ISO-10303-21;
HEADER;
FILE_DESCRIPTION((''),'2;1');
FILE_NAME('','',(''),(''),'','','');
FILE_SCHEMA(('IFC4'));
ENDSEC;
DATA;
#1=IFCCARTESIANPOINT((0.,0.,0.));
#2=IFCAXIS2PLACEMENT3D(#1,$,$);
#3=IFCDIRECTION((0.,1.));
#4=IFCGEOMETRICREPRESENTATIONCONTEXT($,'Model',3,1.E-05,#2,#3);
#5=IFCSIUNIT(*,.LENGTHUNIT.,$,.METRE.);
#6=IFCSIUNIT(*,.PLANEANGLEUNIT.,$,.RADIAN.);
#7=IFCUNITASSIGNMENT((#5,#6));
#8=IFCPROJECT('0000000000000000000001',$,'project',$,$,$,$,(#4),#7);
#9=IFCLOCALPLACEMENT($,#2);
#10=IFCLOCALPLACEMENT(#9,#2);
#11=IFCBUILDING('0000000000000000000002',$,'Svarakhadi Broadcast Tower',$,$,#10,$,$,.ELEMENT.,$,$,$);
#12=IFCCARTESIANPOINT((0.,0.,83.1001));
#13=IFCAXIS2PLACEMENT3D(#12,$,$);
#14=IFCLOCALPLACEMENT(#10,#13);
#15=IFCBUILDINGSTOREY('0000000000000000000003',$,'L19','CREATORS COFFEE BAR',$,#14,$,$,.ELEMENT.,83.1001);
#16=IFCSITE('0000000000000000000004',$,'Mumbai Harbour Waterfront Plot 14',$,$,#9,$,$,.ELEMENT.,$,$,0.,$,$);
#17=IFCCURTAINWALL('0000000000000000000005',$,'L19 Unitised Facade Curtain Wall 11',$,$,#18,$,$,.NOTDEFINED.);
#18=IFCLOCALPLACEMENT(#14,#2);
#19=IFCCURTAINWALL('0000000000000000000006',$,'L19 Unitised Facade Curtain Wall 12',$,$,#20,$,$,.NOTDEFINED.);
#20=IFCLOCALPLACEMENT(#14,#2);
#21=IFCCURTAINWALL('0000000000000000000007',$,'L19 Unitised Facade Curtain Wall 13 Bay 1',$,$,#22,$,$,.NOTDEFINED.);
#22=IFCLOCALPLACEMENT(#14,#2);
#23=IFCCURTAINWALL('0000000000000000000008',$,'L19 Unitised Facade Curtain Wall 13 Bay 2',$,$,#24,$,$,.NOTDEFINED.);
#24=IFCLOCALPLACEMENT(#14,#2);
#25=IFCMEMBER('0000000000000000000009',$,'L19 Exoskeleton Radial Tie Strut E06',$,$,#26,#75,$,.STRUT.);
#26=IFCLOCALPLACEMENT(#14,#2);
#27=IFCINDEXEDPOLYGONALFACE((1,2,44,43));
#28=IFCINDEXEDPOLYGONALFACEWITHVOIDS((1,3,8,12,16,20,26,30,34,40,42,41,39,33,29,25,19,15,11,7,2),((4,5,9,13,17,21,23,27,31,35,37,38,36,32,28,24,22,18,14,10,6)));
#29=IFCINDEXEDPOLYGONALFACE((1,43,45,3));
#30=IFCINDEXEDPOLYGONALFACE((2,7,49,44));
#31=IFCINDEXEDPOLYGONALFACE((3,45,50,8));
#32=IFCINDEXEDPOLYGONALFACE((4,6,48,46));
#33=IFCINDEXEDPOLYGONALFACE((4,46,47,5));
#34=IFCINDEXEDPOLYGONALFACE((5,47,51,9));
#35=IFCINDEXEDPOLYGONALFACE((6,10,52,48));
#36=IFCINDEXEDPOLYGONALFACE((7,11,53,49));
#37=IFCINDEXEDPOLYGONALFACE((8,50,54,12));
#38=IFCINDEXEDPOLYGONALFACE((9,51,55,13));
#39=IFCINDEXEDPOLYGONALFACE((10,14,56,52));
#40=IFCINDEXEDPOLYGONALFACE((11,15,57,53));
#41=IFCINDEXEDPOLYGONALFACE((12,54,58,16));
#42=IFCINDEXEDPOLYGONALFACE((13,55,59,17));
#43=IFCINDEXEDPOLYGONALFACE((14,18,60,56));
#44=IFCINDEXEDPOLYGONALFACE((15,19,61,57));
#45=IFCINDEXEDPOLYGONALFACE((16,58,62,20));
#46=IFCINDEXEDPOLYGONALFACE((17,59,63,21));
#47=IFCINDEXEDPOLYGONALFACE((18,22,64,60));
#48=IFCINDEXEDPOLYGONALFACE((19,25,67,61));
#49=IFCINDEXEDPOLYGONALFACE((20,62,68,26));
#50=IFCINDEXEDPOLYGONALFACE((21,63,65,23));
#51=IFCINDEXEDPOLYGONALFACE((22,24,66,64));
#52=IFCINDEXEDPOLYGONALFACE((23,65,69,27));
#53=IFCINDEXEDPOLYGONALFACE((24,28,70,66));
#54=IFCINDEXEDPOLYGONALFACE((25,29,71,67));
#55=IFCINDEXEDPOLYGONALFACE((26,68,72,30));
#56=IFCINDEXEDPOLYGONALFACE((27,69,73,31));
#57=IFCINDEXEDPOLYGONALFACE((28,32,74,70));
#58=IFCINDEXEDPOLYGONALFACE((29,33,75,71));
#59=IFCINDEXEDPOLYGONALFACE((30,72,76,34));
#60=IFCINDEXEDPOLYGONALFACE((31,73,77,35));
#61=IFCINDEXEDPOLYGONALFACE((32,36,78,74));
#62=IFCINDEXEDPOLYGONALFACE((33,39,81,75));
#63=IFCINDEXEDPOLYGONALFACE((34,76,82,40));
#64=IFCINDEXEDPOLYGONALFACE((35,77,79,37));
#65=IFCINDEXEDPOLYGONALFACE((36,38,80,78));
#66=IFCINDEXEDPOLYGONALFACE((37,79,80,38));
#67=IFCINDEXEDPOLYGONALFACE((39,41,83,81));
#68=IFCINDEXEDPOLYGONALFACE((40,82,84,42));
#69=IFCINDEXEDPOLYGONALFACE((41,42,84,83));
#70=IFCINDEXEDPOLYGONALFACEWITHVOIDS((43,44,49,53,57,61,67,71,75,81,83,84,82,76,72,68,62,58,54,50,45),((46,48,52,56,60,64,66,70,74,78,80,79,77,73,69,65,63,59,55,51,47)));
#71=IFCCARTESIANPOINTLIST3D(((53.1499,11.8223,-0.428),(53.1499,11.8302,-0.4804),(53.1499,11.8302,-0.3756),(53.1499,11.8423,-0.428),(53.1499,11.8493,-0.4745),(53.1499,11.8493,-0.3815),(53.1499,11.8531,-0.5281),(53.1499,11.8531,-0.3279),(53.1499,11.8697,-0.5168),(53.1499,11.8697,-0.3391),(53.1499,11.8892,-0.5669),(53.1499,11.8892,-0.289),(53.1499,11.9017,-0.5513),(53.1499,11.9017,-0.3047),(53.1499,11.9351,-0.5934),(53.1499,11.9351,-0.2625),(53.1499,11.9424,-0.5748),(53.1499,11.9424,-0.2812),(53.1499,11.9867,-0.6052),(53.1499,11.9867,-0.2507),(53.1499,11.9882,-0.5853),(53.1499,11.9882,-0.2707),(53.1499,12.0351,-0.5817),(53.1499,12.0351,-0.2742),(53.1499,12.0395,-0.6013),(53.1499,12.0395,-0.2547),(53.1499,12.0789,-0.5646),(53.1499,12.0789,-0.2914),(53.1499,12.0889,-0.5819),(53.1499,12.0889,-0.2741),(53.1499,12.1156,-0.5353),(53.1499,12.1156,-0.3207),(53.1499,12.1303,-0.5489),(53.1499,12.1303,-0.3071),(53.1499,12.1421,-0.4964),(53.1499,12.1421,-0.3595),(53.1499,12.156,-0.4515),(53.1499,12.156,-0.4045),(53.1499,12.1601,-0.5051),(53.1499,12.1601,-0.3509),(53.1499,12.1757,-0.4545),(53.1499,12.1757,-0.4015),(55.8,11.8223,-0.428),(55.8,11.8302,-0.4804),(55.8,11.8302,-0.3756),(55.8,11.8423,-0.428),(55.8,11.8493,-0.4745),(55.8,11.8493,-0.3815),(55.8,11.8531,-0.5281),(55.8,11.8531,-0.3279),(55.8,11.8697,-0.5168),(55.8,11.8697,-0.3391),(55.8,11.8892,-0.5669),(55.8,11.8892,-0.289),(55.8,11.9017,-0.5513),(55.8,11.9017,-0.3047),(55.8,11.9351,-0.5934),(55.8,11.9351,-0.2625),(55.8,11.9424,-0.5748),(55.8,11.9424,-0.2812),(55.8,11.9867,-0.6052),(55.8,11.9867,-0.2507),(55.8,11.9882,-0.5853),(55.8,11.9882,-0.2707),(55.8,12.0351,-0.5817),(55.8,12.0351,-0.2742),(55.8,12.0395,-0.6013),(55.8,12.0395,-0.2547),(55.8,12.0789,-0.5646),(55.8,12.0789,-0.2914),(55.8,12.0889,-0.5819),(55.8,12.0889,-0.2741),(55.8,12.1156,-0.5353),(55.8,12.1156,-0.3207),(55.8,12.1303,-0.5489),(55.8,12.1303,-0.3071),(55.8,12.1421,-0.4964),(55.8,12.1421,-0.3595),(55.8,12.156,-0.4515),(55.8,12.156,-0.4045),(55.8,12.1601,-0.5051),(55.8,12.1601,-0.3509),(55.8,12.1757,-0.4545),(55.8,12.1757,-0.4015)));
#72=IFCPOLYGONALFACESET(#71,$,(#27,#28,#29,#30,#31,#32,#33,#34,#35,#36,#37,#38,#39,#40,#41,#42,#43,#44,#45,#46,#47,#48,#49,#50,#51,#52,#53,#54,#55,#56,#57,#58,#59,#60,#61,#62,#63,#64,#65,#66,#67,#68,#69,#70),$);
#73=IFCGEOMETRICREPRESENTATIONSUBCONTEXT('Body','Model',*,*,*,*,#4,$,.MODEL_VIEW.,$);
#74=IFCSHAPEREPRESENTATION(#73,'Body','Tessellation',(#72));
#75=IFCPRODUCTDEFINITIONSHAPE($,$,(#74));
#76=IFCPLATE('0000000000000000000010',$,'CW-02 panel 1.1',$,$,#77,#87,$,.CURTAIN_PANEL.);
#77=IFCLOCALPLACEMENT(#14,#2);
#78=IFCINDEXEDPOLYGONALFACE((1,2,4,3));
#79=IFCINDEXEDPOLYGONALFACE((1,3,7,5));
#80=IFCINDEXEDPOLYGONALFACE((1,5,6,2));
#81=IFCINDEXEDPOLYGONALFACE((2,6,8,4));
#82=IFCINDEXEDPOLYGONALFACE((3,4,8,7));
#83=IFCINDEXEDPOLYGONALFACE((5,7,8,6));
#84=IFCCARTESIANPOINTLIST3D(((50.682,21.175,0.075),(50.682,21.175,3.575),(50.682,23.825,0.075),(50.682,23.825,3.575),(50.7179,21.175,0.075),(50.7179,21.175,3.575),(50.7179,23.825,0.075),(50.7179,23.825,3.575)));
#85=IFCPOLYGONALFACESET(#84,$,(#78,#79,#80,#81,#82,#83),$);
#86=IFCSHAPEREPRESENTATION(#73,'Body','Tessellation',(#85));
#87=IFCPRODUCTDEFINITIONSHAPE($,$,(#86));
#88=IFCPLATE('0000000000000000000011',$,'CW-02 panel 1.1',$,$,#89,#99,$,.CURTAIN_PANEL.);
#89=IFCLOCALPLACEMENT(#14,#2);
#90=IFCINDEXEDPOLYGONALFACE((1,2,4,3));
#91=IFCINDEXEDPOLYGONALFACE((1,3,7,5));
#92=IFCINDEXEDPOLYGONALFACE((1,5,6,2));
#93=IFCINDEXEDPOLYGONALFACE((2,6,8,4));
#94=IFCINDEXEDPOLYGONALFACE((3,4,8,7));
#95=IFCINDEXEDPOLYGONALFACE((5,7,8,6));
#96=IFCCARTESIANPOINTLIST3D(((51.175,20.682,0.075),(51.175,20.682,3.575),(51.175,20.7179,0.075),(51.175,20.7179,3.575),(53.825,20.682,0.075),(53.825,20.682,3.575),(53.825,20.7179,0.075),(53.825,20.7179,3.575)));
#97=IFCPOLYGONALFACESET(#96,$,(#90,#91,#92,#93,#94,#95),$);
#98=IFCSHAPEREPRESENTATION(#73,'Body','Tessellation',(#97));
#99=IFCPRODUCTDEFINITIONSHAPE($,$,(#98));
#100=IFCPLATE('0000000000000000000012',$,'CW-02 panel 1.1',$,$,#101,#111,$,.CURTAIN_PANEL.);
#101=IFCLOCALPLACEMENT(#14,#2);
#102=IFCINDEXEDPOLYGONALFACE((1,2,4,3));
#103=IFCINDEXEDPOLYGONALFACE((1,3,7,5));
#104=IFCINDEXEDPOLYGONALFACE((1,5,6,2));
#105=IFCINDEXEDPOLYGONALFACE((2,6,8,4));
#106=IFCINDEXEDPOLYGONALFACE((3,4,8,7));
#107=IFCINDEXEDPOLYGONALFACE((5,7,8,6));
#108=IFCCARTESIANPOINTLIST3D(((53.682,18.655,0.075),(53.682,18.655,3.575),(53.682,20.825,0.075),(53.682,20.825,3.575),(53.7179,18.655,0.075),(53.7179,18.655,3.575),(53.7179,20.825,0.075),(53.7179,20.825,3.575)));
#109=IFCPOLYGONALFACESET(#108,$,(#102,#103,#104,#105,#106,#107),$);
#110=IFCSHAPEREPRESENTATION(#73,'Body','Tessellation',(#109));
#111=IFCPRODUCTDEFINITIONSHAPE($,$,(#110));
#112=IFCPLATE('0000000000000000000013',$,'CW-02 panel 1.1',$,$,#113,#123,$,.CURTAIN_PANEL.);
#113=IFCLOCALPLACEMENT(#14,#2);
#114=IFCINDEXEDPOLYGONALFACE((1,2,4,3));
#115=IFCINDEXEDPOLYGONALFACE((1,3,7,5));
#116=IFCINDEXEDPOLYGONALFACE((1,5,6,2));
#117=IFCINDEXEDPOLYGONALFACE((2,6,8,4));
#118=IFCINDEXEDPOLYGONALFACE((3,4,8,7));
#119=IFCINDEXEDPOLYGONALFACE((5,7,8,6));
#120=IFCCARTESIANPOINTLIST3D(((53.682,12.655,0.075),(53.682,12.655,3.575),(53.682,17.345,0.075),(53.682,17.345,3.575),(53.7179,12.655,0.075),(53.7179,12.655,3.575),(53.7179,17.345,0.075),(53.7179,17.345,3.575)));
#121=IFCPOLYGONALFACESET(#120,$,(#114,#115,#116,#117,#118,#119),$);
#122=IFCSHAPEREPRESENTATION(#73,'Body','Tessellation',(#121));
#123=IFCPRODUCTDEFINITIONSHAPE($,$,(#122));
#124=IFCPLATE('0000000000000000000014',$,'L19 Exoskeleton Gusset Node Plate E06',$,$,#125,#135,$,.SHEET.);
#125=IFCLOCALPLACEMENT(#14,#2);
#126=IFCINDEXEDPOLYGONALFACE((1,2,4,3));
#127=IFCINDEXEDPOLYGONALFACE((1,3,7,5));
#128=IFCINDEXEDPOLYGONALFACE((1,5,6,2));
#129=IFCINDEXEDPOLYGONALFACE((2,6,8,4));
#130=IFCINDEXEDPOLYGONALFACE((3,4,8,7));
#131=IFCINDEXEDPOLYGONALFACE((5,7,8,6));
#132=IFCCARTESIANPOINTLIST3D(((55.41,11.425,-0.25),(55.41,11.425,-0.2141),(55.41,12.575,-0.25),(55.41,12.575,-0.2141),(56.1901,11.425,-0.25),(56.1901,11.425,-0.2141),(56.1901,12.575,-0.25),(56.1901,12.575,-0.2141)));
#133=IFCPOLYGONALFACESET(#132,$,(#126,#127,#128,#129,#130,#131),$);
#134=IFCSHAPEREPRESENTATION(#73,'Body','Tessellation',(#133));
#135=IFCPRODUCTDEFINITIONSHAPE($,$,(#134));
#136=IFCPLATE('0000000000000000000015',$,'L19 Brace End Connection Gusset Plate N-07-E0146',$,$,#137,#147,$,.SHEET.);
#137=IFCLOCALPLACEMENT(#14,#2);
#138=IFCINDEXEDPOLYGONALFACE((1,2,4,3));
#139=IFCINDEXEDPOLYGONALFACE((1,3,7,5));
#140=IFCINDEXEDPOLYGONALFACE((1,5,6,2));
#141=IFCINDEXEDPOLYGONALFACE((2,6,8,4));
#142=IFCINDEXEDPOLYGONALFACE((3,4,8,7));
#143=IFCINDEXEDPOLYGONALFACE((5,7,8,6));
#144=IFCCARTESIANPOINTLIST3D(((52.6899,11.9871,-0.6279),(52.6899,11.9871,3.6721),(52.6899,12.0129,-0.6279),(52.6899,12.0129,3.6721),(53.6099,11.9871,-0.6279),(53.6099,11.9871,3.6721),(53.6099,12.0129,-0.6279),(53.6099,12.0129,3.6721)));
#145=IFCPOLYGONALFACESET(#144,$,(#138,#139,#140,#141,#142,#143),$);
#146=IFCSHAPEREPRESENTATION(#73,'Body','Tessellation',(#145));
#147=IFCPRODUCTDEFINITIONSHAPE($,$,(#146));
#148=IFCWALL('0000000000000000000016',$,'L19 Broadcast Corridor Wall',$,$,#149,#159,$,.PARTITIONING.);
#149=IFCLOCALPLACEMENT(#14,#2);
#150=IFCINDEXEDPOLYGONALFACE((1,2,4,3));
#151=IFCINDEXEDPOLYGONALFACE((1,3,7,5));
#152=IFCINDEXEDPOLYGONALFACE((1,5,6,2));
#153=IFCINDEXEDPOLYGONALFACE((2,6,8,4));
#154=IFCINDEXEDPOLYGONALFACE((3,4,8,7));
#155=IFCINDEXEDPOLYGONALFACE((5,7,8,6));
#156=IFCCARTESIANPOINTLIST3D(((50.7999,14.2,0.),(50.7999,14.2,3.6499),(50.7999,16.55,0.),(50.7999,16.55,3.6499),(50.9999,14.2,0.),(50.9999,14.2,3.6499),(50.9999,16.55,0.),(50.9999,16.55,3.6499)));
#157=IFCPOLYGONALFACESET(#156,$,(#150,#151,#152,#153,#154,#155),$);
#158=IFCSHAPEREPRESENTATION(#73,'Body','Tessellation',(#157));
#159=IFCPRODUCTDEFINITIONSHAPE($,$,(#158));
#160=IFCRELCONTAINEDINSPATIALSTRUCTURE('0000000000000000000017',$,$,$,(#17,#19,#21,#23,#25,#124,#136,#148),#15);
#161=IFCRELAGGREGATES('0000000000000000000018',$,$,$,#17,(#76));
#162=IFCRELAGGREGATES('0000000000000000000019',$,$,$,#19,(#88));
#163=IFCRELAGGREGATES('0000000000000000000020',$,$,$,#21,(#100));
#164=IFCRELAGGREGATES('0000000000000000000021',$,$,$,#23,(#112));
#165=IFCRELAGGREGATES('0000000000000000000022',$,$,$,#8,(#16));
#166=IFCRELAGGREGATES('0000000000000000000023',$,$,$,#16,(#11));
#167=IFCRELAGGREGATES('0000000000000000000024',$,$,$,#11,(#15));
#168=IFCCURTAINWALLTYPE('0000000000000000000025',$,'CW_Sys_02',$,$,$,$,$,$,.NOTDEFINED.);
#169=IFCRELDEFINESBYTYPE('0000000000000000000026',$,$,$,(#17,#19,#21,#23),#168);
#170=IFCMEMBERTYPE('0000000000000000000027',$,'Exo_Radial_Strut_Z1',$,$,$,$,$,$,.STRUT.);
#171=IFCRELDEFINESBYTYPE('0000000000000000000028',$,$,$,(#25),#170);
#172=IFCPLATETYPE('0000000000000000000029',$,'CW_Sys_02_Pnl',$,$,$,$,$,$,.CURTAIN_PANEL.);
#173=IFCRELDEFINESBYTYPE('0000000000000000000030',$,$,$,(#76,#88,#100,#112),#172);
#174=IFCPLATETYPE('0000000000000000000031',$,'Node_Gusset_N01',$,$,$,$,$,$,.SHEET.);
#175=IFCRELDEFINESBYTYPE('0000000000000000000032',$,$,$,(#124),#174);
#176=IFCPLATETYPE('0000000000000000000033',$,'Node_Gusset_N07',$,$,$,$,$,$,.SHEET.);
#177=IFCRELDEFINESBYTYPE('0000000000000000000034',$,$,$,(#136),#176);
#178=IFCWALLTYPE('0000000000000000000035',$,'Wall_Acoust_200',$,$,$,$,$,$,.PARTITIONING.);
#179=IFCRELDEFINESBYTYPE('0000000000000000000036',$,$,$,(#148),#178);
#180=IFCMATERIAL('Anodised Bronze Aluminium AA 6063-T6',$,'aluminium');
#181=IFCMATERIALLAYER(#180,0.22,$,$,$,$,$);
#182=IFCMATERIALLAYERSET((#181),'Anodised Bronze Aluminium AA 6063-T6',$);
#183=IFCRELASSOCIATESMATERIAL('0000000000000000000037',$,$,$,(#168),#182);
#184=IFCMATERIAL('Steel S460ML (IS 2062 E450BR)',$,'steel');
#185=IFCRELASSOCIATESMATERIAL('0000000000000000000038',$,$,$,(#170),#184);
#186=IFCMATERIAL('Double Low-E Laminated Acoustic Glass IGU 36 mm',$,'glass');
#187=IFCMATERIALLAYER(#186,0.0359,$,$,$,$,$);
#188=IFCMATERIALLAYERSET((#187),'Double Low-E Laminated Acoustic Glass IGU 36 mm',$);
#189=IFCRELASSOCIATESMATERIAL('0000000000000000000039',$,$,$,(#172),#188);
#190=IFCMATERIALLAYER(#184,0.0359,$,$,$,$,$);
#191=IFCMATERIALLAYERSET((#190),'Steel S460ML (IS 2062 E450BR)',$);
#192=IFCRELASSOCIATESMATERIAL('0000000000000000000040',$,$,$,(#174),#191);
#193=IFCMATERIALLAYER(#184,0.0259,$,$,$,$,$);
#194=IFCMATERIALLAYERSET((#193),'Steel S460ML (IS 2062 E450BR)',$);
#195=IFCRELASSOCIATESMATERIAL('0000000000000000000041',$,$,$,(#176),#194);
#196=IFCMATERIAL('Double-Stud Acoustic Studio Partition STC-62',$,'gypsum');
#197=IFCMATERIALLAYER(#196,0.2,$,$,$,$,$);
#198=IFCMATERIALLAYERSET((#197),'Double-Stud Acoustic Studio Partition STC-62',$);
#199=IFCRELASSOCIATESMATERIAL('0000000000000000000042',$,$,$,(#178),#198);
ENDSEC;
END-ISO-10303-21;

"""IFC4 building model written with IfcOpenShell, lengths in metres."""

from ifc_helpers import new_model, si_unit, direction, frame, frame_2d, origin, origin_2d, place, context, subcontext, project, spatial, rectangle, hollow_circle, extrude, material, layer, layer_set, material_profile, profile_set, type_object, element, aggregate, save


model = new_model("IFC4")

# Units and contexts
model_context = context("Model", 3, precision=1e-05, world=origin(), true_north=direction((0.0, 1.0)))
body_context = subcontext(model_context, "Body", "Model", "MODEL_VIEW")
ifc_project = project(units=[si_unit("LENGTHUNIT", "METRE"), si_unit("PLANEANGLEUNIT", "RADIAN")], contexts=[model_context])

# Site, building, storey
site_placement = place(None, origin())
site = spatial("IfcSite", under=ifc_project, at=site_placement, Name="Mumbai Harbour Waterfront Plot 14", CompositionType="ELEMENT", RefElevation=0.0)
building_placement = place(site_placement, origin())
building = spatial("IfcBuilding", under=site, at=building_placement, Name="Svarakhadi Broadcast Tower", CompositionType="ELEMENT")
storey_placement = place(building_placement, frame((0.0, 0.0, 83.1001)))
storey = spatial("IfcBuildingStorey", under=building, at=storey_placement, Name="L19", Description="CREATORS COFFEE BAR", CompositionType="ELEMENT", Elevation=83.1001)

# Curtain wall
ifc_material_1 = material(Name="Anodised Bronze Aluminium AA 6063-T6", Category="aluminium")
ifc_layer_1 = layer(ifc_material_1, 0.22)
ifc_layer_set_1 = layer_set([ifc_layer_1], Name="Anodised Bronze Aluminium AA 6063-T6")
curtain_wall_type = type_object("IfcCurtainWallType", Name="CW_Sys_02", PredefinedType="NOTDEFINED", material=ifc_layer_set_1)
curtain_wall_1_placement = place(storey_placement, origin())
curtain_wall_1 = element("IfcCurtainWall", 1, at=curtain_wall_1_placement, inside=storey, type_object=curtain_wall_type, Name="L19 Unitised Facade Curtain Wall 11", PredefinedType="NOTDEFINED")

# Curtain walls
curtain_wall_2_placement = place(storey_placement, origin())
curtain_wall_2 = element("IfcCurtainWall", 2, at=curtain_wall_2_placement, inside=storey, type_object=curtain_wall_type, Name="L19 Unitised Facade Curtain Wall 12", PredefinedType="NOTDEFINED")
curtain_wall_3_placement = place(storey_placement, origin())
curtain_wall_3 = element("IfcCurtainWall", 3, at=curtain_wall_3_placement, inside=storey, type_object=curtain_wall_type, Name="L19 Unitised Facade Curtain Wall 13 Bay 1", PredefinedType="NOTDEFINED")
curtain_wall_4_placement = place(storey_placement, origin())
curtain_wall_4 = element("IfcCurtainWall", 4, at=curtain_wall_4_placement, inside=storey, type_object=curtain_wall_type, Name="L19 Unitised Facade Curtain Wall 13 Bay 2", PredefinedType="NOTDEFINED")

# Member
ifc_material_2 = material(Name="Steel S460ML (IS 2062 E450BR)", Category="steel")
ifc_material_profile_1 = material_profile(ifc_material_2, hollow_circle(Radius=0.1777, WallThickness=0.02, at=origin_2d()), Name="CHS 355.6x20")
ifc_profile_set_1 = profile_set([ifc_material_profile_1], Name="Steel S460ML (IS 2062 E450BR)")
member_type_1 = type_object("IfcMemberType", Name="Exo_Radial_Strut_Z1", PredefinedType="STRUT", material=ifc_profile_set_1)
member_1_placement = place(storey_placement, frame((55.8, 12.0, -0.428), z_axis=(-1.0, 0.0, 0.0), x_axis=(0.0, -1.0, 0.0)))
element("IfcMember", 5, at=member_1_placement, inside=storey, type_object=member_type_1, Name="L19 Exoskeleton Radial Tie Strut E06", PredefinedType="STRUT", context=body_context, shape_type="SweptSolid", body=[
    extrude(hollow_circle(Radius=0.1777, WallThickness=0.02, at=origin_2d()), origin(), (0.0, 0.0, 1.0), 2.6501),
])

# Plates
ifc_material_3 = material(Name="Double Low-E Laminated Acoustic Glass IGU 36 mm", Category="glass")
ifc_layer_2 = layer(ifc_material_3, 0.0359)
ifc_layer_set_2 = layer_set([ifc_layer_2], Name="Double Low-E Laminated Acoustic Glass IGU 36 mm")
plate_type_1 = type_object("IfcPlateType", Name="CW_Sys_02_Pnl", PredefinedType="CURTAIN_PANEL", material=ifc_layer_set_2)
plate_1_placement = place(storey_placement, frame((50.7, 22.5, 0.075), z_axis=(0.0, 0.0, 1.0), x_axis=(0.0, -1.0, 0.0)))
plate_1 = element("IfcPlate", 6, at=plate_1_placement, type_object=plate_type_1, Name="CW-02 panel 1.1", PredefinedType="CURTAIN_PANEL", context=body_context, shape_type="SweptSolid", body=[
    extrude(rectangle(XDim=2.6499, YDim=0.0359, at=origin_2d()), origin(), (0.0, 0.0, 1.0), 3.5),
])
aggregate(curtain_wall_1, [plate_1])
plate_2_placement = place(storey_placement, frame((52.5, 20.7, 0.075), z_axis=(0.0, 0.0, 1.0), x_axis=(1.0, 0.0, 0.0)))
plate_2 = element("IfcPlate", 7, at=plate_2_placement, type_object=plate_type_1, Name="CW-02 panel 1.1", PredefinedType="CURTAIN_PANEL", context=body_context, shape_type="SweptSolid", body=[
    extrude(rectangle(XDim=2.6499, YDim=0.0359, at=origin_2d()), origin(), (0.0, 0.0, 1.0), 3.5),
])
aggregate(curtain_wall_2, [plate_2])
plate_3_placement = place(storey_placement, frame((53.7, 19.74, 0.075), z_axis=(0.0, 0.0, 1.0), x_axis=(0.0, -1.0, 0.0)))
plate_3 = element("IfcPlate", 8, at=plate_3_placement, type_object=plate_type_1, Name="CW-02 panel 1.1", PredefinedType="CURTAIN_PANEL", context=body_context, shape_type="SweptSolid", body=[
    extrude(rectangle(XDim=2.1699, YDim=0.0359, at=origin_2d()), origin(), (0.0, 0.0, 1.0), 3.5),
])
aggregate(curtain_wall_3, [plate_3])
plate_4_placement = place(storey_placement, frame((53.7, 15.0, 0.075), z_axis=(0.0, 0.0, 1.0), x_axis=(0.0, -1.0, 0.0)))
plate_4 = element("IfcPlate", 9, at=plate_4_placement, type_object=plate_type_1, Name="CW-02 panel 1.1", PredefinedType="CURTAIN_PANEL", context=body_context, shape_type="SweptSolid", body=[
    extrude(rectangle(XDim=4.6899, YDim=0.0359, at=origin_2d()), origin(), (0.0, 0.0, 1.0), 3.5),
])
aggregate(curtain_wall_4, [plate_4])

# Plates
ifc_layer_3 = layer(ifc_material_2, 0.0359)
ifc_layer_set_3 = layer_set([ifc_layer_3], Name="Steel S460ML (IS 2062 E450BR)")
plate_type_2 = type_object("IfcPlateType", Name="Node_Gusset_N01", PredefinedType="SHEET", material=ifc_layer_set_3)
plate_5_placement = place(storey_placement, frame((55.8, 12.0, -0.25), z_axis=(0.0, 0.0, 1.0), x_axis=(0.0, 1.0, 0.0)))
element("IfcPlate", 10, at=plate_5_placement, inside=storey, type_object=plate_type_2, Name="L19 Exoskeleton Gusset Node Plate E06", PredefinedType="SHEET", context=body_context, shape_type="SweptSolid", body=[
    extrude(rectangle(XDim=1.1499, YDim=0.78, at=origin_2d()), origin(), (0.0, 0.0, 1.0), 0.0359),
])
ifc_layer_4 = layer(ifc_material_2, 0.0259)
ifc_layer_set_4 = layer_set([ifc_layer_4], Name="Steel S460ML (IS 2062 E450BR)")
plate_type_3 = type_object("IfcPlateType", Name="Node_Gusset_N07", PredefinedType="SHEET", material=ifc_layer_set_4)
plate_6_placement = place(storey_placement, frame((53.1499, 12.0, -0.6279), z_axis=(0.0, 0.0, 1.0), x_axis=(1.0, 0.0, 0.0)))
element("IfcPlate", 11, at=plate_6_placement, inside=storey, type_object=plate_type_3, Name="L19 Brace End Connection Gusset Plate N-07-E0146", PredefinedType="SHEET", context=body_context, shape_type="SweptSolid", body=[
    extrude(rectangle(XDim=0.9199, YDim=0.0259, at=origin_2d()), origin(), (0.0, 0.0, 1.0), 4.3),
])

# Wall
ifc_material_4 = material(Name="Double-Stud Acoustic Studio Partition STC-62", Category="gypsum")
ifc_layer_5 = layer(ifc_material_4, 0.2)
ifc_layer_set_5 = layer_set([ifc_layer_5], Name="Double-Stud Acoustic Studio Partition STC-62")
wall_type_1 = type_object("IfcWallType", Name="Wall_Acoust_200", PredefinedType="PARTITIONING", material=ifc_layer_set_5)
wall_1_placement = place(storey_placement, frame((50.8999, 16.55, 0.0), z_axis=(0.0, 0.0, 1.0), x_axis=(0.0, -1.0, 0.0)))
element("IfcWall", 12, at=wall_1_placement, inside=storey, type_object=wall_type_1, Name="L19 Broadcast Corridor Wall", PredefinedType="PARTITIONING", context=body_context, shape_type="SweptSolid", body=[
    extrude(rectangle(XDim=2.3501, YDim=0.2, at=frame_2d((1.175, 0.0))), origin(), (0.0, 0.0, 1.0), 3.6499),
])

save(model, "model.ifc")
